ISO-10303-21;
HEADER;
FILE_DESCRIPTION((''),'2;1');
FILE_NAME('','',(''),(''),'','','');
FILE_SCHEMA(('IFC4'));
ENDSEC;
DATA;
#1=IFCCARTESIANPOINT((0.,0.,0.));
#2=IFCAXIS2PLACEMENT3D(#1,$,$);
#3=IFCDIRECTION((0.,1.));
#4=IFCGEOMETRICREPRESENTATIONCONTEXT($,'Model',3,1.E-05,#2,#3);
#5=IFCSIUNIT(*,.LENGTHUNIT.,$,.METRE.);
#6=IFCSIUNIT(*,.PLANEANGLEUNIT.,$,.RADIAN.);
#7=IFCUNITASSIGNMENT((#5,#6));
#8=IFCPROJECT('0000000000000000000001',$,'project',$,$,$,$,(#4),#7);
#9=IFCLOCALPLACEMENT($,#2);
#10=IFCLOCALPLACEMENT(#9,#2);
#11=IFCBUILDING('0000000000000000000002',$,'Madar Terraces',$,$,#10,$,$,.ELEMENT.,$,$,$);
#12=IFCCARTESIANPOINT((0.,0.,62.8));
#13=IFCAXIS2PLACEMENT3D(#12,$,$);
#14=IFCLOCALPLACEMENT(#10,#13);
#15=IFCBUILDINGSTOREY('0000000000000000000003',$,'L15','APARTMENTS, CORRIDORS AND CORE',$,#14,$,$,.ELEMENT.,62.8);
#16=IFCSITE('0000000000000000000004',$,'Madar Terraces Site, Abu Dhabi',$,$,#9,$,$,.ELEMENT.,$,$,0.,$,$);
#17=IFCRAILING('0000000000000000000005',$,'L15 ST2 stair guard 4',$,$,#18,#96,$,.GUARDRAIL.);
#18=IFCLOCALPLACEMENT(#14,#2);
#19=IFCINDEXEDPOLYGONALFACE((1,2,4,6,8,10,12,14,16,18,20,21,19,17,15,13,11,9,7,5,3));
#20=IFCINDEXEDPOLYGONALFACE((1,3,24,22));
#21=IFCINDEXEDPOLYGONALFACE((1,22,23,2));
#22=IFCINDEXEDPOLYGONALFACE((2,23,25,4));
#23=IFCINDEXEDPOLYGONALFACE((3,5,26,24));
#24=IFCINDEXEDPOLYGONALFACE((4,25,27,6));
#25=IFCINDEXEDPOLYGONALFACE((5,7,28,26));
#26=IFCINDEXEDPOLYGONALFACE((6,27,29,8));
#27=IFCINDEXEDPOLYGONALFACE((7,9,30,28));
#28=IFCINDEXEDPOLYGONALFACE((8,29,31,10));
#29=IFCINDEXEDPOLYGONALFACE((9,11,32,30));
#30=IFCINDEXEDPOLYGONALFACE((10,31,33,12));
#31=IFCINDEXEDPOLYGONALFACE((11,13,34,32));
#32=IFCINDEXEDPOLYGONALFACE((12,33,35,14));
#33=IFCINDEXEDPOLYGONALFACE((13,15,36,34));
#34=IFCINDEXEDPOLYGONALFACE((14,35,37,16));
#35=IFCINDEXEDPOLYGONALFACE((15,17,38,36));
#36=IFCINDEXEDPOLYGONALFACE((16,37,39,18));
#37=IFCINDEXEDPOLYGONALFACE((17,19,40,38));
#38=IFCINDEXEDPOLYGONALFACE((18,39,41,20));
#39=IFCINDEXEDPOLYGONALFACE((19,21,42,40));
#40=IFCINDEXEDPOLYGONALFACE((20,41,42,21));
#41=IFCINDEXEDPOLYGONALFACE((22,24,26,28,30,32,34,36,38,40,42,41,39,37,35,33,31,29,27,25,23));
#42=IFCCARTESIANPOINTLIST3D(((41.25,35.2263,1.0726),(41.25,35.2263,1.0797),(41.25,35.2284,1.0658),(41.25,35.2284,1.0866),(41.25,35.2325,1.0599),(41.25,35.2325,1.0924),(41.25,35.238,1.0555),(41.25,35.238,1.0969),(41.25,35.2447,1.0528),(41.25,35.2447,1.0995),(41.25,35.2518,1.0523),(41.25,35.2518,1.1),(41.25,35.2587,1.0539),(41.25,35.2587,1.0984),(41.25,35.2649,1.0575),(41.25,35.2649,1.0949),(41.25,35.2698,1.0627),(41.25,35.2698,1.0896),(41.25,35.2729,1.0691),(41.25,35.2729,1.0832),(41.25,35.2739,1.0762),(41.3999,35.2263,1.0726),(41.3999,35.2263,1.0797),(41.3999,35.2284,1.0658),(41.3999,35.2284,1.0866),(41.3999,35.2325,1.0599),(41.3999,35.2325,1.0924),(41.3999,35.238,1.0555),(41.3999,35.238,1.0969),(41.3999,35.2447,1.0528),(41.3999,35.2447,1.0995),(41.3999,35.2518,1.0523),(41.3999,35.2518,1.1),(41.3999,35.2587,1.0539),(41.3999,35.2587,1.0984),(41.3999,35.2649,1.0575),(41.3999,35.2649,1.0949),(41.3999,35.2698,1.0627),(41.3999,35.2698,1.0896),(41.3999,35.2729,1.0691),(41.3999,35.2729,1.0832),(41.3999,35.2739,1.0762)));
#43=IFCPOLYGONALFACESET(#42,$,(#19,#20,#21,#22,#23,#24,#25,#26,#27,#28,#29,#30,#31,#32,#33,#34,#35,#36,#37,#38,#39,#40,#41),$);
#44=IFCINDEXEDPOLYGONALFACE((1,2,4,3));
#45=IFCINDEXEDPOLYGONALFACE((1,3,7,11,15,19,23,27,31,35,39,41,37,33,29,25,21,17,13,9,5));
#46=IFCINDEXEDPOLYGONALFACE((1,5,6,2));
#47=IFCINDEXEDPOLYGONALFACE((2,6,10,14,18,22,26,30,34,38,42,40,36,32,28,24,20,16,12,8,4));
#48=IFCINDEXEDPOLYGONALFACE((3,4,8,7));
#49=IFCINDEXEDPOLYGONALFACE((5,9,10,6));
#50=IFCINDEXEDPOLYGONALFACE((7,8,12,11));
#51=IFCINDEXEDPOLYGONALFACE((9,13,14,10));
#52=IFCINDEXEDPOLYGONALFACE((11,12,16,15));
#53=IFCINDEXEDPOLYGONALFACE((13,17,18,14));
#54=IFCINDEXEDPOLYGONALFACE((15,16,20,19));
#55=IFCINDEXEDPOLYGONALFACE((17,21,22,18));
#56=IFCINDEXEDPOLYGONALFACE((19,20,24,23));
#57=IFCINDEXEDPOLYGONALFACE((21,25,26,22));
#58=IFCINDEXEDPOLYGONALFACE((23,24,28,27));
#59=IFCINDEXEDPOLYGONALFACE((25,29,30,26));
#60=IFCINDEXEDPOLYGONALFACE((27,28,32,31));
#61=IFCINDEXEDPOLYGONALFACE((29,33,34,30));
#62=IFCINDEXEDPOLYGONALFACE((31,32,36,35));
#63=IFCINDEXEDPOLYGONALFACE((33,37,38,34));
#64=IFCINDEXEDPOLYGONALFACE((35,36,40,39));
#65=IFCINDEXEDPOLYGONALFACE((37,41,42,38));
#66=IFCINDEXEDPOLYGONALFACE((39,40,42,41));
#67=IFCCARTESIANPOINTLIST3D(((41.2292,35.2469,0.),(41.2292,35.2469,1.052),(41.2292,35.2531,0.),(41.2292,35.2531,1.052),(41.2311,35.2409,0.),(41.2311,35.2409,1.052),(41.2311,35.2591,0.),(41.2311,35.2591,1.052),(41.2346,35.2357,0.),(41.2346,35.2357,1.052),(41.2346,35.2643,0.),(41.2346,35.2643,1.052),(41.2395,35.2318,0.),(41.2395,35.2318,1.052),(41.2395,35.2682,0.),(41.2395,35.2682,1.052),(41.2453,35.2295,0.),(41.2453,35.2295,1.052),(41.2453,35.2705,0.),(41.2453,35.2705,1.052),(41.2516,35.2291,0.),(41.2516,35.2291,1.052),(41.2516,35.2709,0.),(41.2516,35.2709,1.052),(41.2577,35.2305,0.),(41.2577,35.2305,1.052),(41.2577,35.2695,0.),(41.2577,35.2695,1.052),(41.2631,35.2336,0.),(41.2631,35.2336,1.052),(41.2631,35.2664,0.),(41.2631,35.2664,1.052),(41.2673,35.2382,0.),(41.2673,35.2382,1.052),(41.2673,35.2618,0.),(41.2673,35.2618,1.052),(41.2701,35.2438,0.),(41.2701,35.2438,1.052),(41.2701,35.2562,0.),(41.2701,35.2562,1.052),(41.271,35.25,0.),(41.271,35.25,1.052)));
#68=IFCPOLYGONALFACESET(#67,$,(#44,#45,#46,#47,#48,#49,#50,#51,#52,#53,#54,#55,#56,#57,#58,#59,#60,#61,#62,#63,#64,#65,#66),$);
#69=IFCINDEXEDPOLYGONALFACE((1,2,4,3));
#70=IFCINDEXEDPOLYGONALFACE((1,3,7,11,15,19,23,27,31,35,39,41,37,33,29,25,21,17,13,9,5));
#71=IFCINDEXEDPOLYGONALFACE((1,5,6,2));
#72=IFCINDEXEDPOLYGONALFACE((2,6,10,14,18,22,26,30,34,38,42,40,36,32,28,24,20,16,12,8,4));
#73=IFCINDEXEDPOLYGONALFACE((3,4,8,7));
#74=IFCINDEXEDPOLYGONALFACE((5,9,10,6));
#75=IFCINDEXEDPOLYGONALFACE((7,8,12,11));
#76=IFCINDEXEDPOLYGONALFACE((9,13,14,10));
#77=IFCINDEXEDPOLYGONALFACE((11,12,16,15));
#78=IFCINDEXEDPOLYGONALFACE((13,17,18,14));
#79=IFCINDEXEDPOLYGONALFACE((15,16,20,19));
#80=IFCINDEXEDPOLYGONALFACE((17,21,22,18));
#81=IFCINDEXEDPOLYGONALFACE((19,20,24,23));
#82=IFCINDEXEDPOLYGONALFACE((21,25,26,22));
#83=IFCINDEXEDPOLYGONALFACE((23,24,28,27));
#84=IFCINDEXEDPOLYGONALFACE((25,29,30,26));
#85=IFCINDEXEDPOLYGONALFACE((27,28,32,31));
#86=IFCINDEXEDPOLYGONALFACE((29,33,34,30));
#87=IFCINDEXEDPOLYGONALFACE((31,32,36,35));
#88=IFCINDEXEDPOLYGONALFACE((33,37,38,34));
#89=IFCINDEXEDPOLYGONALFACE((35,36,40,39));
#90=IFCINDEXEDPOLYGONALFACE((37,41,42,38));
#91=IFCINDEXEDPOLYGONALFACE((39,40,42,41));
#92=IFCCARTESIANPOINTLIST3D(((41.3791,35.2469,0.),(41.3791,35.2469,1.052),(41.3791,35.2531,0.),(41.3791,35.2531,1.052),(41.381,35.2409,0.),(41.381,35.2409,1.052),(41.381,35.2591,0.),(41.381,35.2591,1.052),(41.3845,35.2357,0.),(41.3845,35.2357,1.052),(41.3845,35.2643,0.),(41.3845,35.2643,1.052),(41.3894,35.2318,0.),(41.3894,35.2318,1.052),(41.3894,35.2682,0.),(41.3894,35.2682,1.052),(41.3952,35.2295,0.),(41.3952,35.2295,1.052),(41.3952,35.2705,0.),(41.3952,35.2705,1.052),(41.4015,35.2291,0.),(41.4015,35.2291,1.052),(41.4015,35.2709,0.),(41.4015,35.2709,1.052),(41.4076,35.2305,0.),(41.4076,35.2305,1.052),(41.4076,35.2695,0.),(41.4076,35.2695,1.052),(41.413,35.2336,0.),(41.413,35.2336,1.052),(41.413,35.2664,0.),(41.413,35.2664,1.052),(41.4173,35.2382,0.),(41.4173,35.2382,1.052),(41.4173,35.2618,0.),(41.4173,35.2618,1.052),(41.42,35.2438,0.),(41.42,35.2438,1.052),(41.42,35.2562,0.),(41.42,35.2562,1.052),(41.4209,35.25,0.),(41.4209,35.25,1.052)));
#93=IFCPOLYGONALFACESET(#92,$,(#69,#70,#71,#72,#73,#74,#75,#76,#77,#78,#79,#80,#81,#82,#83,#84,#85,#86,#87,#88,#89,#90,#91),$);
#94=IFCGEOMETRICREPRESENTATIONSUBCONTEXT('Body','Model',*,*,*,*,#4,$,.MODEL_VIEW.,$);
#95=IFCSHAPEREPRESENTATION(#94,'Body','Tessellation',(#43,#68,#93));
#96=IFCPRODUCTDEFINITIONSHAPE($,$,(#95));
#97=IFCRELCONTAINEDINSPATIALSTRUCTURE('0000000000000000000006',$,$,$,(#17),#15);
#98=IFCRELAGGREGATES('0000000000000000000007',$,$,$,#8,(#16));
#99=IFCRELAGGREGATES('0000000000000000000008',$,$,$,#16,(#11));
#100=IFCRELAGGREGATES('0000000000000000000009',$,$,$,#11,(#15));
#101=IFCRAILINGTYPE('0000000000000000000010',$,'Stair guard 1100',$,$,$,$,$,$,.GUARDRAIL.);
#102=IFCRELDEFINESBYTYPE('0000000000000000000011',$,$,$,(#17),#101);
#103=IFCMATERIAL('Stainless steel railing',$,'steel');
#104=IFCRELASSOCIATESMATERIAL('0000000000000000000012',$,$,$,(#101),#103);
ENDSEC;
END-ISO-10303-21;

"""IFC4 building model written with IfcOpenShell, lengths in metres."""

from ifc_helpers import new_model, si_unit, direction, frame, origin, origin_2d, place, context, subcontext, project, spatial, circle, extrude, material, type_object, element, save


model = new_model("IFC4")

# Units and contexts
model_context = context("Model", 3, precision=1e-05, world=origin(), true_north=direction((0.0, 1.0)))
body_context = subcontext(model_context, "Body", "Model", "MODEL_VIEW")
ifc_project = project(units=[si_unit("LENGTHUNIT", "METRE"), si_unit("PLANEANGLEUNIT", "RADIAN")], contexts=[model_context])

# Site, building, storey
site_placement = place(None, origin())
site = spatial("IfcSite", under=ifc_project, at=site_placement, Name="Madar Terraces Site, Abu Dhabi", CompositionType="ELEMENT", RefElevation=0.0)
building_placement = place(site_placement, origin())
building = spatial("IfcBuilding", under=site, at=building_placement, Name="Madar Terraces", CompositionType="ELEMENT")
storey_placement = place(building_placement, frame((0.0, 0.0, 62.8)))
storey = spatial("IfcBuildingStorey", under=building, at=storey_placement, Name="L15", Description="APARTMENTS, CORRIDORS AND CORE", CompositionType="ELEMENT", Elevation=62.8)

# Railing
ifc_material_1 = material(Name="Stainless steel railing", Category="steel")
railing_type_1 = type_object("IfcRailingType", Name="Stair guard 1100", PredefinedType="GUARDRAIL", material=ifc_material_1)
railing_1_placement = place(storey_placement, frame((41.25, 35.25, 0.0)))
element("IfcRailing", 1, at=railing_1_placement, inside=storey, type_object=railing_type_1, Name="L15 ST2 stair guard 4", PredefinedType="GUARDRAIL", context=body_context, shape_type="SweptSolid", body=[
    extrude(circle(Radius=0.0239, at=origin_2d()), frame((0.0, 0.0, 1.0762), z_axis=(1.0, 0.0, 0.0), x_axis=(0.0, 1.0, 0.0)), (0.0, 0.0, 1.0), 0.1499),
    extrude(circle(Radius=0.021, at=origin_2d()), origin(), (0.0, 0.0, 1.0), 1.052),
    extrude(circle(Radius=0.021, at=origin_2d()), frame((0.1499, 0.0, 0.0)), (0.0, 0.0, 1.0), 1.052),
])

save(model, "model.ifc")
